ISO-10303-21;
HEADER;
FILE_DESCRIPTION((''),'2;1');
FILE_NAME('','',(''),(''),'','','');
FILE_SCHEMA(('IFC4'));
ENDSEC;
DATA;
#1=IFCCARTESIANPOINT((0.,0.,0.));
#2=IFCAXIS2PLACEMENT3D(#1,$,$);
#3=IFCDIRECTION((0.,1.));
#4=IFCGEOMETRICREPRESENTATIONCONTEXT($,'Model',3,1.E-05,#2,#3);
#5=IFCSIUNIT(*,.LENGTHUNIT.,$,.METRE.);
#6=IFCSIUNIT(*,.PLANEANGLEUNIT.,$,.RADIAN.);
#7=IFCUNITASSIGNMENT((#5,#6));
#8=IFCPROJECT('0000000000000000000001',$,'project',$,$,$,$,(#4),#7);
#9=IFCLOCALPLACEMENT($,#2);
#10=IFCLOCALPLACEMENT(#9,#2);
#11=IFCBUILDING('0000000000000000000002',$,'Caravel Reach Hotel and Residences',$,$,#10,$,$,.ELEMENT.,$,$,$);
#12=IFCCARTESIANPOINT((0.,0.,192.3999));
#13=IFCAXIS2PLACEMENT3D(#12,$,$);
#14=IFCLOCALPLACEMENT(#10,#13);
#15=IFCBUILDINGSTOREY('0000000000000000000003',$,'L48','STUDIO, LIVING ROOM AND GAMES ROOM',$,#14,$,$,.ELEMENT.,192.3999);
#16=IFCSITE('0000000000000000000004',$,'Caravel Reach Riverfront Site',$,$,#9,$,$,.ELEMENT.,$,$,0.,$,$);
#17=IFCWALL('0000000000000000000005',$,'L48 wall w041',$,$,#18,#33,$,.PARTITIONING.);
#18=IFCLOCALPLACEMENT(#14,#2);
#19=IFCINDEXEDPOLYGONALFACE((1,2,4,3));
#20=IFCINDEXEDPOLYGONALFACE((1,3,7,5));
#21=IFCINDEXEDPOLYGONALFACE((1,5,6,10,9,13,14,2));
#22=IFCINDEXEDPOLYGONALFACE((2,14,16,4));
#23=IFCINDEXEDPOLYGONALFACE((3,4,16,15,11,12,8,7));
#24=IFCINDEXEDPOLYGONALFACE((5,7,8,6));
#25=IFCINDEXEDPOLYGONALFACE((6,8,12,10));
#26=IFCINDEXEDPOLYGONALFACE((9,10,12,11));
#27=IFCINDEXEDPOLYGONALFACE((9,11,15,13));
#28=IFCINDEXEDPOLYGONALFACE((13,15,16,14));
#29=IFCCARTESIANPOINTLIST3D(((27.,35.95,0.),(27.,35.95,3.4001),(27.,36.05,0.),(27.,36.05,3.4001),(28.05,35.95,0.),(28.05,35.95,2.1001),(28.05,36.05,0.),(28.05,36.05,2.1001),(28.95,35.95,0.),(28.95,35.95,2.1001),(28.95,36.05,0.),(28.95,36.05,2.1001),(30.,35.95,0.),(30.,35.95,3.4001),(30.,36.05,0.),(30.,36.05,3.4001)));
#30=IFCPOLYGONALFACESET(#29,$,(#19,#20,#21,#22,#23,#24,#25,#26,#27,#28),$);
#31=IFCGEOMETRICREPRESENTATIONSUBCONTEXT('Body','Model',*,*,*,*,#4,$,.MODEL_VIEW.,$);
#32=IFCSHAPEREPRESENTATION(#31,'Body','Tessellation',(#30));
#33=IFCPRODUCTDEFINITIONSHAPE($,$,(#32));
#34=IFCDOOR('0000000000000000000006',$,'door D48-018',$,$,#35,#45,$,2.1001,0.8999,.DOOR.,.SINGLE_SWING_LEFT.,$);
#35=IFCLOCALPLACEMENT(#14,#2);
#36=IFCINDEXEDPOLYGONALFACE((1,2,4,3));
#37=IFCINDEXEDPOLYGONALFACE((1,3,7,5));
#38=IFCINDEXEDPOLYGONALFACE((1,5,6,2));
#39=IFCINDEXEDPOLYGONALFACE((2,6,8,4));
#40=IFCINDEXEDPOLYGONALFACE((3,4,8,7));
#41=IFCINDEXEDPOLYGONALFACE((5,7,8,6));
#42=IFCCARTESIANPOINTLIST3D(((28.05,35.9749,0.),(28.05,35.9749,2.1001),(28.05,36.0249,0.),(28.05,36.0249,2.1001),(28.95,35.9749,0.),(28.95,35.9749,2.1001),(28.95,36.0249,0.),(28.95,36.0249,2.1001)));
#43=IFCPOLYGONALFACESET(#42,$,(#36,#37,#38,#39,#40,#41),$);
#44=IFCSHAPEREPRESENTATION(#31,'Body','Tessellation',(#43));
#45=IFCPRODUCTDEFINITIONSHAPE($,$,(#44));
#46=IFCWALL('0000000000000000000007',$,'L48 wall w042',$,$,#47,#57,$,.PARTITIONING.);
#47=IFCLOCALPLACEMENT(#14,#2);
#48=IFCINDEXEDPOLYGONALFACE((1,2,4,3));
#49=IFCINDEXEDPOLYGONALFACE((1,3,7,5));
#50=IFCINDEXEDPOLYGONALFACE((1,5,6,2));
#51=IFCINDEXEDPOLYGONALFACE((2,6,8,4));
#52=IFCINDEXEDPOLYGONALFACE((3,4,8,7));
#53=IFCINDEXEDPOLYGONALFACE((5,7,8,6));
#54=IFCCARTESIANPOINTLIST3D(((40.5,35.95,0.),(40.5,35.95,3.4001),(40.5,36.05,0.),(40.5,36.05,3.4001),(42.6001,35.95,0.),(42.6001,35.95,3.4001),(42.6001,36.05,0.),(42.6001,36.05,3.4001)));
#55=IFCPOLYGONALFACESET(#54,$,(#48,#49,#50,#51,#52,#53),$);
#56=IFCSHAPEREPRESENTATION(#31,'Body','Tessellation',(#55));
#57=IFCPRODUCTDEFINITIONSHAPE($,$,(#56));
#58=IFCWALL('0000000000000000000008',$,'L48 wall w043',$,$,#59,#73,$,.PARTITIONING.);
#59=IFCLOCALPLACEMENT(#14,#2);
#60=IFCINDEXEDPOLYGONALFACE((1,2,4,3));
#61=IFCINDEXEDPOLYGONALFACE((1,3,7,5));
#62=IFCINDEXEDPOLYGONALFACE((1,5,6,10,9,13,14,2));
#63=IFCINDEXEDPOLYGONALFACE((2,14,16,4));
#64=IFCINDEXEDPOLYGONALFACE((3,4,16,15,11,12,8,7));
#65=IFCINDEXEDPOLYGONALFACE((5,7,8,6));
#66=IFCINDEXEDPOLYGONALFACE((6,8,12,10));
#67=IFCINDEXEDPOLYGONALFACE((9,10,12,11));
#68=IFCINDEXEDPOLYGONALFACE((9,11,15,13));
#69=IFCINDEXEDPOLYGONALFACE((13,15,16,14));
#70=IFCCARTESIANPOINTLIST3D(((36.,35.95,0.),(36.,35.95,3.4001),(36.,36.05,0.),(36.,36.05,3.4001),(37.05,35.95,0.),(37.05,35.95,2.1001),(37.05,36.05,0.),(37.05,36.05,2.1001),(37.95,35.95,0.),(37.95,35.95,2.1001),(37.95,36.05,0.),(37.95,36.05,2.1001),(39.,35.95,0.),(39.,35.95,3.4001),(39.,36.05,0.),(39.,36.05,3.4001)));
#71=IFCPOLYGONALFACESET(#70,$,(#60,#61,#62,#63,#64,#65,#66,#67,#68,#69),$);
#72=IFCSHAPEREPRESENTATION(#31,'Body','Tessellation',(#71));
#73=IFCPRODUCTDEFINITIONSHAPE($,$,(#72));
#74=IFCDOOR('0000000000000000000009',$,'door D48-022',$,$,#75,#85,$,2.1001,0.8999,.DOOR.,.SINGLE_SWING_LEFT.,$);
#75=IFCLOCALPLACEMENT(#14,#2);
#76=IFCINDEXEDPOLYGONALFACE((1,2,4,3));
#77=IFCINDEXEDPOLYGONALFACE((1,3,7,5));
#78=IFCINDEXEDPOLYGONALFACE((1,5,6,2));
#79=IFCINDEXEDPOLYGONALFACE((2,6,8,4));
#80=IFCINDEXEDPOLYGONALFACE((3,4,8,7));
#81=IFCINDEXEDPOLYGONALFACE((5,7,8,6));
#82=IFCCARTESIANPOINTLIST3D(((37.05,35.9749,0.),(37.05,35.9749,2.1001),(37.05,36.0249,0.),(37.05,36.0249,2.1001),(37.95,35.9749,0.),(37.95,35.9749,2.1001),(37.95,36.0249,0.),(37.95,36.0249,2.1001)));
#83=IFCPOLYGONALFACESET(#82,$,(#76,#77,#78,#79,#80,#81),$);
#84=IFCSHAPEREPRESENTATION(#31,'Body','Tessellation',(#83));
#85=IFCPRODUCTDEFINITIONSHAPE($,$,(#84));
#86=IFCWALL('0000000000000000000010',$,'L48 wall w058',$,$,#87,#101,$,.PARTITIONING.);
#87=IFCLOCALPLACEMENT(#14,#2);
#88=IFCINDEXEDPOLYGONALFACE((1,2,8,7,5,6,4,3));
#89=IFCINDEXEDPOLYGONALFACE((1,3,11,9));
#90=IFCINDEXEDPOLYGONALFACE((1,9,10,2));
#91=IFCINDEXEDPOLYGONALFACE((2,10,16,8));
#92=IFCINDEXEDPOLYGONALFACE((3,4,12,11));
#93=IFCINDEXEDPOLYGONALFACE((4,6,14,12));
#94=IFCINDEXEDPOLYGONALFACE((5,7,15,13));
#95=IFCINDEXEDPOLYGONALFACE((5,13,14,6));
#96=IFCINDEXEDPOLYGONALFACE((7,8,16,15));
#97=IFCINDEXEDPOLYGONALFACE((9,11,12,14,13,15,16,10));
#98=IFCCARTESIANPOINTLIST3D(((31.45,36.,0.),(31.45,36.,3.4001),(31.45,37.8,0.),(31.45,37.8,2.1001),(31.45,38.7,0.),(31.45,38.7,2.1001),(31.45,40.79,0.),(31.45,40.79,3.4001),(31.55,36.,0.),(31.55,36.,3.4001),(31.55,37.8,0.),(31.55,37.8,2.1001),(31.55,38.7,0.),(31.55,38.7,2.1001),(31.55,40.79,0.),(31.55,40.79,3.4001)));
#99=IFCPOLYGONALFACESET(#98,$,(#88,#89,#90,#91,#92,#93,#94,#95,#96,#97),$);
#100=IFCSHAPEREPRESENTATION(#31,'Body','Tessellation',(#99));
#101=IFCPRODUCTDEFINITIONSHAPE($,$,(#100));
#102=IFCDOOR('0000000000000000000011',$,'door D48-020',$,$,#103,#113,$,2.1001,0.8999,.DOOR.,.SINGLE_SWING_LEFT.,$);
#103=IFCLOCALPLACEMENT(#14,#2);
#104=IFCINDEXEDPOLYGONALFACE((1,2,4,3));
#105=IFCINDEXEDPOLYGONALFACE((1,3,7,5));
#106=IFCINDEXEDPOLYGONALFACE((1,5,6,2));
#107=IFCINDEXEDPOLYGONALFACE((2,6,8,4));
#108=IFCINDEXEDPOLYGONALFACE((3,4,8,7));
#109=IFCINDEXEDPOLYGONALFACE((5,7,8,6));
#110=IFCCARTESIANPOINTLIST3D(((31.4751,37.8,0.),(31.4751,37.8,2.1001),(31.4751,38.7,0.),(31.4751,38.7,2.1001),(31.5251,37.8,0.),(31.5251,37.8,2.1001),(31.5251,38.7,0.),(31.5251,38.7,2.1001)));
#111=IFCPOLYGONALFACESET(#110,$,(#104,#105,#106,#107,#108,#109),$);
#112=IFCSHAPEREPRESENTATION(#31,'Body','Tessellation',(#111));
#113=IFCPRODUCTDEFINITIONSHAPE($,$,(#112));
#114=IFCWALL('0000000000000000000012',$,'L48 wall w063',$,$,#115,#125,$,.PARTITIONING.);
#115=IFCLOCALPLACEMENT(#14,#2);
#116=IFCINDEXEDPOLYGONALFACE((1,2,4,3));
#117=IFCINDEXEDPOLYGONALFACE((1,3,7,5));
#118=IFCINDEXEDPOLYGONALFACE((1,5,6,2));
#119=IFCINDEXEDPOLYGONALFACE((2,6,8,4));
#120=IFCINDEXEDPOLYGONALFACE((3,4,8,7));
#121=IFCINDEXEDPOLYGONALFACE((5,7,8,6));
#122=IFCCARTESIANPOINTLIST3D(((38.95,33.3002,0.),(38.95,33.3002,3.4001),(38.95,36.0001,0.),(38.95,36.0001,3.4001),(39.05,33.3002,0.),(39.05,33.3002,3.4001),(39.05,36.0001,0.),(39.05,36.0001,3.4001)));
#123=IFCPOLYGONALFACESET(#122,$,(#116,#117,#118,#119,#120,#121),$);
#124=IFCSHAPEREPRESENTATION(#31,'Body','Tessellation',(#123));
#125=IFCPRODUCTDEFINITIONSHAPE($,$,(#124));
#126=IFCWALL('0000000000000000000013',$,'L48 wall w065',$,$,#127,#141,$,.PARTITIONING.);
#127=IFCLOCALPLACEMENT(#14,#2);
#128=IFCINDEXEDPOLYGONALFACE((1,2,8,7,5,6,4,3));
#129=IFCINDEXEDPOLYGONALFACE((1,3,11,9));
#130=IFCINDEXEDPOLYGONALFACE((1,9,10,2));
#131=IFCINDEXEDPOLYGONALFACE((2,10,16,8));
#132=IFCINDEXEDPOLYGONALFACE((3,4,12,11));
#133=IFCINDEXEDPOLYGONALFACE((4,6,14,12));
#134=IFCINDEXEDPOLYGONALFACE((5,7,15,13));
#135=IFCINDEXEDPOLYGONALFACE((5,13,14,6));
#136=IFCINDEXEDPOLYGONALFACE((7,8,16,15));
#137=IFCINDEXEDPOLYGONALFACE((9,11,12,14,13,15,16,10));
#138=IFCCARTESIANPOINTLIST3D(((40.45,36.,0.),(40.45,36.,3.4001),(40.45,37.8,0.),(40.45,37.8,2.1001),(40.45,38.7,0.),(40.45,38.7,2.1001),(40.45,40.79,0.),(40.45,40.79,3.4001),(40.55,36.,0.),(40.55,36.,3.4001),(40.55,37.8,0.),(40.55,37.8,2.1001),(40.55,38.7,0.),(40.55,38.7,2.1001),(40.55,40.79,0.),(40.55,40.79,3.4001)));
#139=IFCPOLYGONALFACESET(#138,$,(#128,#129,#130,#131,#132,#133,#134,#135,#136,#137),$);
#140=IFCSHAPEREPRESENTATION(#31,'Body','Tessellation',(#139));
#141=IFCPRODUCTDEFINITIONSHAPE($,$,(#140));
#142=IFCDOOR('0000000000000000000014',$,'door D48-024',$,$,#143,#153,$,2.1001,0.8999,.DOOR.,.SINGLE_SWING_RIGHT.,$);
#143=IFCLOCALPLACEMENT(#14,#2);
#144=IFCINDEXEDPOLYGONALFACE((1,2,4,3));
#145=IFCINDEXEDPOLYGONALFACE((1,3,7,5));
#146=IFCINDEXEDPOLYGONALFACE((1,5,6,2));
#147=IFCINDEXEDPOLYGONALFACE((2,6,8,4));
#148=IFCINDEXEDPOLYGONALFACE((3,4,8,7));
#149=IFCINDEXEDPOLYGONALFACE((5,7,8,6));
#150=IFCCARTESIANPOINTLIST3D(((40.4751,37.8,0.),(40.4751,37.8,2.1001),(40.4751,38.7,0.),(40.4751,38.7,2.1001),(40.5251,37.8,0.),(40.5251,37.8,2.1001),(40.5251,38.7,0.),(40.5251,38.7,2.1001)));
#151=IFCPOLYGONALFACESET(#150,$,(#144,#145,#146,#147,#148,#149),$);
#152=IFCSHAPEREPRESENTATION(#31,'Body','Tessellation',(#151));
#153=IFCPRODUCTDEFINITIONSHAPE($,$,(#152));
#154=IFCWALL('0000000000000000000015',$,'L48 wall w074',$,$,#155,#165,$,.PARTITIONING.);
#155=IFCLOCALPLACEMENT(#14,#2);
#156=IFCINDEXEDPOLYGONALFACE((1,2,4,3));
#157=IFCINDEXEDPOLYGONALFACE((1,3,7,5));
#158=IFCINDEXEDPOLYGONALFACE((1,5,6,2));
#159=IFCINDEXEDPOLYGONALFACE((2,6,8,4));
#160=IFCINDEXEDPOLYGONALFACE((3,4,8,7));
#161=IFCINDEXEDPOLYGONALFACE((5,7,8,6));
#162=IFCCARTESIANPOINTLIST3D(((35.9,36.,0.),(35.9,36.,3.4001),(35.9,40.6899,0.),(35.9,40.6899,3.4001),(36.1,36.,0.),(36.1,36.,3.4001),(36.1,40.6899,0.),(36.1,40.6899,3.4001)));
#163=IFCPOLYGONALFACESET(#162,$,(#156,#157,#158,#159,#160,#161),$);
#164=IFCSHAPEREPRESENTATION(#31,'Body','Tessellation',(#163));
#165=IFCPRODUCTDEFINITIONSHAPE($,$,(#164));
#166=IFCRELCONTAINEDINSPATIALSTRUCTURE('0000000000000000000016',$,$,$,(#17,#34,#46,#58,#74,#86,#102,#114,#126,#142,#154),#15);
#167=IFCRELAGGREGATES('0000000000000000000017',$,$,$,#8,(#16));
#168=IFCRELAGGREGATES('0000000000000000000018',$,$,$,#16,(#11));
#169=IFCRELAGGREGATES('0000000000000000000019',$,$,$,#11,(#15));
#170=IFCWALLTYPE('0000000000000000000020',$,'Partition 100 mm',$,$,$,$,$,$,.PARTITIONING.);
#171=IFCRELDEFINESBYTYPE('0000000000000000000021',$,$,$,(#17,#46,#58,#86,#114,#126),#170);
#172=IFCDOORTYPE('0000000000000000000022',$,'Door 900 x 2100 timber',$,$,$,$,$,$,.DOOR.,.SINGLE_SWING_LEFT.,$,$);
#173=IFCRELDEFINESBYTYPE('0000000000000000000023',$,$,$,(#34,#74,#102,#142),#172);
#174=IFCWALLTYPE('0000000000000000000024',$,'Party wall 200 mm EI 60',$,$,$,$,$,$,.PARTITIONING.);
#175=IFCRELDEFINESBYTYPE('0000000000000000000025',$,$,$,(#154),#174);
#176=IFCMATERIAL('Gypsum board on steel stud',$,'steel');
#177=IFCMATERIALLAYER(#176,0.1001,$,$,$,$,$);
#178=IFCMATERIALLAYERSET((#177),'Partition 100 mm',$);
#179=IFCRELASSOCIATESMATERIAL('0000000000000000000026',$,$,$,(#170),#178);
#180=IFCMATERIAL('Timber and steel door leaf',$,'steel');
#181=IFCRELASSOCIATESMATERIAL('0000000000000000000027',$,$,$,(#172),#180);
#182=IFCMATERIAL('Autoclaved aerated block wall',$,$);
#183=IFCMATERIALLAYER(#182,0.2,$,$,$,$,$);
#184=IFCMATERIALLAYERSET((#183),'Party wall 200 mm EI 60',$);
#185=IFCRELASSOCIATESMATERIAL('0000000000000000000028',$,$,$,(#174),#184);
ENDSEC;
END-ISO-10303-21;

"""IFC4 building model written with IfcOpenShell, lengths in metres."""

from ifc_helpers import new_model, si_unit, direction, frame, frame_2d, origin, place, context, subcontext, project, spatial, rectangle, extrude, material, layer, layer_set, type_object, element, fill, save


model = new_model("IFC4")

# Units and contexts
model_context = context("Model", 3, precision=1e-05, world=origin(), true_north=direction((0.0, 1.0)))
body_context = subcontext(model_context, "Body", "Model", "MODEL_VIEW")
ifc_project = project(units=[si_unit("LENGTHUNIT", "METRE"), si_unit("PLANEANGLEUNIT", "RADIAN")], contexts=[model_context])

# Site, building, storey
site_placement = place(None, origin())
site = spatial("IfcSite", under=ifc_project, at=site_placement, Name="Caravel Reach Riverfront Site", CompositionType="ELEMENT", RefElevation=0.0)
building_placement = place(site_placement, origin())
building = spatial("IfcBuilding", under=site, at=building_placement, Name="Caravel Reach Hotel and Residences", CompositionType="ELEMENT")
storey_placement = place(building_placement, frame((0.0, 0.0, 192.3999)))
storey = spatial("IfcBuildingStorey", under=building, at=storey_placement, Name="L48", Description="STUDIO, LIVING ROOM AND GAMES ROOM", CompositionType="ELEMENT", Elevation=192.3999)

# Shared definitions
ifc_material_1 = material(Name="Gypsum board on steel stud", Category="steel")
ifc_layer_1 = layer(ifc_material_1, 0.1001)
ifc_layer_set_1 = layer_set([ifc_layer_1], Name="Partition 100 mm")
wall_type_1 = type_object("IfcWallType", Name="Partition 100 mm", PredefinedType="PARTITIONING", material=ifc_layer_set_1)

# Wall, opening, door
wall_1_placement = place(storey_placement, frame((27.0, 36.0, 0.0), z_axis=(0.0, 0.0, 1.0), x_axis=(1.0, 0.0, 0.0)))
wall_1 = element("IfcWall", 1, at=wall_1_placement, inside=storey, type_object=wall_type_1, Name="L48 wall w041", PredefinedType="PARTITIONING", context=body_context, shape_type="SweptSolid", body=[
    extrude(rectangle(XDim=3.0, YDim=0.1001, at=frame_2d((1.5, 0.0))), origin(), (0.0, 0.0, 1.0), 3.4001),
])
opening_1_placement = place(wall_1_placement, frame((1.05, 0.0, 0.0)))
opening_1 = element("IfcOpeningElement", 2, at=opening_1_placement, cuts=wall_1, PredefinedType="OPENING", context=body_context, shape_type="SweptSolid", body=[
    extrude(rectangle(XDim=0.8999, YDim=2.1001, at=frame_2d((0.45, 1.05))), frame((0.0, 0.0601, 0.0), z_axis=(0.0, -1.0, 0.0), x_axis=(1.0, 0.0, 0.0)), (0.0, 0.0, 1.0), 0.1201),
])
ifc_material_2 = material(Name="Timber and steel door leaf", Category="steel")
door_type_1 = type_object("IfcDoorType", Name="Door 900 x 2100 timber", OperationType="SINGLE_SWING_LEFT", PredefinedType="DOOR", material=ifc_material_2)
door_1_placement = place(opening_1_placement, origin())
door_1 = element("IfcDoor", 3, at=door_1_placement, inside=storey, type_object=door_type_1, Name="door D48-018", OperationType="SINGLE_SWING_LEFT", OverallHeight=2.1001, OverallWidth=0.8999, PredefinedType="DOOR", context=body_context, shape_type="SweptSolid", body=[
    extrude(rectangle(XDim=0.8999, YDim=2.1001, at=frame_2d((0.45, 1.05))), frame((0.0, 0.0249, 0.0), z_axis=(0.0, -1.0, 0.0), x_axis=(1.0, 0.0, 0.0)), (0.0, 0.0, 1.0), 0.05),
])
fill(opening_1, door_1)

# Wall
wall_2_placement = place(storey_placement, frame((40.5, 36.0, 0.0), z_axis=(0.0, 0.0, 1.0), x_axis=(1.0, 0.0, 0.0)))
element("IfcWall", 4, at=wall_2_placement, inside=storey, type_object=wall_type_1, Name="L48 wall w042", PredefinedType="PARTITIONING", context=body_context, shape_type="SweptSolid", body=[
    extrude(rectangle(XDim=2.1001, YDim=0.1001, at=frame_2d((1.05, 0.0))), origin(), (0.0, 0.0, 1.0), 3.4001),
])

# Walls, openings, doors
wall_3_placement = place(storey_placement, frame((36.0, 36.0, 0.0), z_axis=(0.0, 0.0, 1.0), x_axis=(1.0, 0.0, 0.0)))
wall_3 = element("IfcWall", 5, at=wall_3_placement, inside=storey, type_object=wall_type_1, Name="L48 wall w043", PredefinedType="PARTITIONING", context=body_context, shape_type="SweptSolid", body=[
    extrude(rectangle(XDim=3.0, YDim=0.1001, at=frame_2d((1.5, 0.0))), origin(), (0.0, 0.0, 1.0), 3.4001),
])
opening_2_placement = place(wall_3_placement, frame((1.05, 0.0, 0.0)))
opening_2 = element("IfcOpeningElement", 6, at=opening_2_placement, cuts=wall_3, PredefinedType="OPENING", context=body_context, shape_type="SweptSolid", body=[
    extrude(rectangle(XDim=0.8999, YDim=2.1001, at=frame_2d((0.45, 1.05))), frame((0.0, 0.0601, 0.0), z_axis=(0.0, -1.0, 0.0), x_axis=(1.0, 0.0, 0.0)), (0.0, 0.0, 1.0), 0.1201),
])
door_2_placement = place(opening_2_placement, origin())
door_2 = element("IfcDoor", 7, at=door_2_placement, inside=storey, type_object=door_type_1, Name="door D48-022", OperationType="SINGLE_SWING_LEFT", OverallHeight=2.1001, OverallWidth=0.8999, PredefinedType="DOOR", context=body_context, shape_type="SweptSolid", body=[
    extrude(rectangle(XDim=0.8999, YDim=2.1001, at=frame_2d((0.45, 1.05))), frame((0.0, 0.0249, 0.0), z_axis=(0.0, -1.0, 0.0), x_axis=(1.0, 0.0, 0.0)), (0.0, 0.0, 1.0), 0.05),
])
fill(opening_2, door_2)
wall_4_placement = place(storey_placement, frame((31.5, 36.0, 0.0), z_axis=(0.0, 0.0, 1.0), x_axis=(0.0, 1.0, 0.0)))
wall_4 = element("IfcWall", 8, at=wall_4_placement, inside=storey, type_object=wall_type_1, Name="L48 wall w058", PredefinedType="PARTITIONING", context=body_context, shape_type="SweptSolid", body=[
    extrude(rectangle(XDim=4.79, YDim=0.1001, at=frame_2d((2.395, 0.0))), origin(), (0.0, 0.0, 1.0), 3.4001),
])
opening_3_placement = place(wall_4_placement, frame((1.8, 0.0, 0.0)))
opening_3 = element("IfcOpeningElement", 9, at=opening_3_placement, cuts=wall_4, PredefinedType="OPENING", context=body_context, shape_type="SweptSolid", body=[
    extrude(rectangle(XDim=0.8999, YDim=2.1001, at=frame_2d((0.45, 1.05))), frame((0.0, 0.0601, 0.0), z_axis=(0.0, -1.0, 0.0), x_axis=(1.0, 0.0, 0.0)), (0.0, 0.0, 1.0), 0.1201),
])
door_3_placement = place(opening_3_placement, origin())
door_3 = element("IfcDoor", 10, at=door_3_placement, inside=storey, type_object=door_type_1, Name="door D48-020", OperationType="SINGLE_SWING_LEFT", OverallHeight=2.1001, OverallWidth=0.8999, PredefinedType="DOOR", context=body_context, shape_type="SweptSolid", body=[
    extrude(rectangle(XDim=0.8999, YDim=2.1001, at=frame_2d((0.45, 1.05))), frame((0.0, 0.0249, 0.0), z_axis=(0.0, -1.0, 0.0), x_axis=(1.0, 0.0, 0.0)), (0.0, 0.0, 1.0), 0.05),
])
fill(opening_3, door_3)

# Wall
wall_5_placement = place(storey_placement, frame((39.0, 33.3, 0.0), z_axis=(0.0, 0.0, 1.0), x_axis=(0.0, 1.0, 0.0)))
element("IfcWall", 11, at=wall_5_placement, inside=storey, type_object=wall_type_1, Name="L48 wall w063", PredefinedType="PARTITIONING", context=body_context, shape_type="SweptSolid", body=[
    extrude(rectangle(XDim=2.7, YDim=0.1001, at=frame_2d((1.3501, 0.0))), origin(), (0.0, 0.0, 1.0), 3.4001),
])

# Wall, opening, door
wall_6_placement = place(storey_placement, frame((40.5, 36.0, 0.0), z_axis=(0.0, 0.0, 1.0), x_axis=(0.0, 1.0, 0.0)))
wall_6 = element("IfcWall", 12, at=wall_6_placement, inside=storey, type_object=wall_type_1, Name="L48 wall w065", PredefinedType="PARTITIONING", context=body_context, shape_type="SweptSolid", body=[
    extrude(rectangle(XDim=4.79, YDim=0.1001, at=frame_2d((2.395, 0.0))), origin(), (0.0, 0.0, 1.0), 3.4001),
])
opening_4_placement = place(wall_6_placement, frame((1.8, 0.0, 0.0)))
opening_4 = element("IfcOpeningElement", 13, at=opening_4_placement, cuts=wall_6, PredefinedType="OPENING", context=body_context, shape_type="SweptSolid", body=[
    extrude(rectangle(XDim=0.8999, YDim=2.1001, at=frame_2d((0.45, 1.05))), frame((0.0, 0.0601, 0.0), z_axis=(0.0, -1.0, 0.0), x_axis=(1.0, 0.0, 0.0)), (0.0, 0.0, 1.0), 0.1201),
])
door_4_placement = place(opening_4_placement, origin())
door_4 = element("IfcDoor", 14, at=door_4_placement, inside=storey, type_object=door_type_1, Name="door D48-024", OperationType="SINGLE_SWING_RIGHT", OverallHeight=2.1001, OverallWidth=0.8999, PredefinedType="DOOR", context=body_context, shape_type="SweptSolid", body=[
    extrude(rectangle(XDim=0.8999, YDim=2.1001, at=frame_2d((0.45, 1.05))), frame((0.0, 0.0249, 0.0), z_axis=(0.0, -1.0, 0.0), x_axis=(1.0, 0.0, 0.0)), (0.0, 0.0, 1.0), 0.05),
])
fill(opening_4, door_4)

# Wall
ifc_material_3 = material(Name="Autoclaved aerated block wall")
ifc_layer_2 = layer(ifc_material_3, 0.2)
ifc_layer_set_2 = layer_set([ifc_layer_2], Name="Party wall 200 mm EI 60")
wall_type_2 = type_object("IfcWallType", Name="Party wall 200 mm EI 60", PredefinedType="PARTITIONING", material=ifc_layer_set_2)
wall_7_placement = place(storey_placement, frame((36.0, 36.0, 0.0), z_axis=(0.0, 0.0, 1.0), x_axis=(0.0, 1.0, 0.0)))
element("IfcWall", 15, at=wall_7_placement, inside=storey, type_object=wall_type_2, Name="L48 wall w074", PredefinedType="PARTITIONING", context=body_context, shape_type="SweptSolid", body=[
    extrude(rectangle(XDim=4.6899, YDim=0.2, at=frame_2d((2.345, 0.0))), origin(), (0.0, 0.0, 1.0), 3.4001),
])

save(model, "model.ifc")
